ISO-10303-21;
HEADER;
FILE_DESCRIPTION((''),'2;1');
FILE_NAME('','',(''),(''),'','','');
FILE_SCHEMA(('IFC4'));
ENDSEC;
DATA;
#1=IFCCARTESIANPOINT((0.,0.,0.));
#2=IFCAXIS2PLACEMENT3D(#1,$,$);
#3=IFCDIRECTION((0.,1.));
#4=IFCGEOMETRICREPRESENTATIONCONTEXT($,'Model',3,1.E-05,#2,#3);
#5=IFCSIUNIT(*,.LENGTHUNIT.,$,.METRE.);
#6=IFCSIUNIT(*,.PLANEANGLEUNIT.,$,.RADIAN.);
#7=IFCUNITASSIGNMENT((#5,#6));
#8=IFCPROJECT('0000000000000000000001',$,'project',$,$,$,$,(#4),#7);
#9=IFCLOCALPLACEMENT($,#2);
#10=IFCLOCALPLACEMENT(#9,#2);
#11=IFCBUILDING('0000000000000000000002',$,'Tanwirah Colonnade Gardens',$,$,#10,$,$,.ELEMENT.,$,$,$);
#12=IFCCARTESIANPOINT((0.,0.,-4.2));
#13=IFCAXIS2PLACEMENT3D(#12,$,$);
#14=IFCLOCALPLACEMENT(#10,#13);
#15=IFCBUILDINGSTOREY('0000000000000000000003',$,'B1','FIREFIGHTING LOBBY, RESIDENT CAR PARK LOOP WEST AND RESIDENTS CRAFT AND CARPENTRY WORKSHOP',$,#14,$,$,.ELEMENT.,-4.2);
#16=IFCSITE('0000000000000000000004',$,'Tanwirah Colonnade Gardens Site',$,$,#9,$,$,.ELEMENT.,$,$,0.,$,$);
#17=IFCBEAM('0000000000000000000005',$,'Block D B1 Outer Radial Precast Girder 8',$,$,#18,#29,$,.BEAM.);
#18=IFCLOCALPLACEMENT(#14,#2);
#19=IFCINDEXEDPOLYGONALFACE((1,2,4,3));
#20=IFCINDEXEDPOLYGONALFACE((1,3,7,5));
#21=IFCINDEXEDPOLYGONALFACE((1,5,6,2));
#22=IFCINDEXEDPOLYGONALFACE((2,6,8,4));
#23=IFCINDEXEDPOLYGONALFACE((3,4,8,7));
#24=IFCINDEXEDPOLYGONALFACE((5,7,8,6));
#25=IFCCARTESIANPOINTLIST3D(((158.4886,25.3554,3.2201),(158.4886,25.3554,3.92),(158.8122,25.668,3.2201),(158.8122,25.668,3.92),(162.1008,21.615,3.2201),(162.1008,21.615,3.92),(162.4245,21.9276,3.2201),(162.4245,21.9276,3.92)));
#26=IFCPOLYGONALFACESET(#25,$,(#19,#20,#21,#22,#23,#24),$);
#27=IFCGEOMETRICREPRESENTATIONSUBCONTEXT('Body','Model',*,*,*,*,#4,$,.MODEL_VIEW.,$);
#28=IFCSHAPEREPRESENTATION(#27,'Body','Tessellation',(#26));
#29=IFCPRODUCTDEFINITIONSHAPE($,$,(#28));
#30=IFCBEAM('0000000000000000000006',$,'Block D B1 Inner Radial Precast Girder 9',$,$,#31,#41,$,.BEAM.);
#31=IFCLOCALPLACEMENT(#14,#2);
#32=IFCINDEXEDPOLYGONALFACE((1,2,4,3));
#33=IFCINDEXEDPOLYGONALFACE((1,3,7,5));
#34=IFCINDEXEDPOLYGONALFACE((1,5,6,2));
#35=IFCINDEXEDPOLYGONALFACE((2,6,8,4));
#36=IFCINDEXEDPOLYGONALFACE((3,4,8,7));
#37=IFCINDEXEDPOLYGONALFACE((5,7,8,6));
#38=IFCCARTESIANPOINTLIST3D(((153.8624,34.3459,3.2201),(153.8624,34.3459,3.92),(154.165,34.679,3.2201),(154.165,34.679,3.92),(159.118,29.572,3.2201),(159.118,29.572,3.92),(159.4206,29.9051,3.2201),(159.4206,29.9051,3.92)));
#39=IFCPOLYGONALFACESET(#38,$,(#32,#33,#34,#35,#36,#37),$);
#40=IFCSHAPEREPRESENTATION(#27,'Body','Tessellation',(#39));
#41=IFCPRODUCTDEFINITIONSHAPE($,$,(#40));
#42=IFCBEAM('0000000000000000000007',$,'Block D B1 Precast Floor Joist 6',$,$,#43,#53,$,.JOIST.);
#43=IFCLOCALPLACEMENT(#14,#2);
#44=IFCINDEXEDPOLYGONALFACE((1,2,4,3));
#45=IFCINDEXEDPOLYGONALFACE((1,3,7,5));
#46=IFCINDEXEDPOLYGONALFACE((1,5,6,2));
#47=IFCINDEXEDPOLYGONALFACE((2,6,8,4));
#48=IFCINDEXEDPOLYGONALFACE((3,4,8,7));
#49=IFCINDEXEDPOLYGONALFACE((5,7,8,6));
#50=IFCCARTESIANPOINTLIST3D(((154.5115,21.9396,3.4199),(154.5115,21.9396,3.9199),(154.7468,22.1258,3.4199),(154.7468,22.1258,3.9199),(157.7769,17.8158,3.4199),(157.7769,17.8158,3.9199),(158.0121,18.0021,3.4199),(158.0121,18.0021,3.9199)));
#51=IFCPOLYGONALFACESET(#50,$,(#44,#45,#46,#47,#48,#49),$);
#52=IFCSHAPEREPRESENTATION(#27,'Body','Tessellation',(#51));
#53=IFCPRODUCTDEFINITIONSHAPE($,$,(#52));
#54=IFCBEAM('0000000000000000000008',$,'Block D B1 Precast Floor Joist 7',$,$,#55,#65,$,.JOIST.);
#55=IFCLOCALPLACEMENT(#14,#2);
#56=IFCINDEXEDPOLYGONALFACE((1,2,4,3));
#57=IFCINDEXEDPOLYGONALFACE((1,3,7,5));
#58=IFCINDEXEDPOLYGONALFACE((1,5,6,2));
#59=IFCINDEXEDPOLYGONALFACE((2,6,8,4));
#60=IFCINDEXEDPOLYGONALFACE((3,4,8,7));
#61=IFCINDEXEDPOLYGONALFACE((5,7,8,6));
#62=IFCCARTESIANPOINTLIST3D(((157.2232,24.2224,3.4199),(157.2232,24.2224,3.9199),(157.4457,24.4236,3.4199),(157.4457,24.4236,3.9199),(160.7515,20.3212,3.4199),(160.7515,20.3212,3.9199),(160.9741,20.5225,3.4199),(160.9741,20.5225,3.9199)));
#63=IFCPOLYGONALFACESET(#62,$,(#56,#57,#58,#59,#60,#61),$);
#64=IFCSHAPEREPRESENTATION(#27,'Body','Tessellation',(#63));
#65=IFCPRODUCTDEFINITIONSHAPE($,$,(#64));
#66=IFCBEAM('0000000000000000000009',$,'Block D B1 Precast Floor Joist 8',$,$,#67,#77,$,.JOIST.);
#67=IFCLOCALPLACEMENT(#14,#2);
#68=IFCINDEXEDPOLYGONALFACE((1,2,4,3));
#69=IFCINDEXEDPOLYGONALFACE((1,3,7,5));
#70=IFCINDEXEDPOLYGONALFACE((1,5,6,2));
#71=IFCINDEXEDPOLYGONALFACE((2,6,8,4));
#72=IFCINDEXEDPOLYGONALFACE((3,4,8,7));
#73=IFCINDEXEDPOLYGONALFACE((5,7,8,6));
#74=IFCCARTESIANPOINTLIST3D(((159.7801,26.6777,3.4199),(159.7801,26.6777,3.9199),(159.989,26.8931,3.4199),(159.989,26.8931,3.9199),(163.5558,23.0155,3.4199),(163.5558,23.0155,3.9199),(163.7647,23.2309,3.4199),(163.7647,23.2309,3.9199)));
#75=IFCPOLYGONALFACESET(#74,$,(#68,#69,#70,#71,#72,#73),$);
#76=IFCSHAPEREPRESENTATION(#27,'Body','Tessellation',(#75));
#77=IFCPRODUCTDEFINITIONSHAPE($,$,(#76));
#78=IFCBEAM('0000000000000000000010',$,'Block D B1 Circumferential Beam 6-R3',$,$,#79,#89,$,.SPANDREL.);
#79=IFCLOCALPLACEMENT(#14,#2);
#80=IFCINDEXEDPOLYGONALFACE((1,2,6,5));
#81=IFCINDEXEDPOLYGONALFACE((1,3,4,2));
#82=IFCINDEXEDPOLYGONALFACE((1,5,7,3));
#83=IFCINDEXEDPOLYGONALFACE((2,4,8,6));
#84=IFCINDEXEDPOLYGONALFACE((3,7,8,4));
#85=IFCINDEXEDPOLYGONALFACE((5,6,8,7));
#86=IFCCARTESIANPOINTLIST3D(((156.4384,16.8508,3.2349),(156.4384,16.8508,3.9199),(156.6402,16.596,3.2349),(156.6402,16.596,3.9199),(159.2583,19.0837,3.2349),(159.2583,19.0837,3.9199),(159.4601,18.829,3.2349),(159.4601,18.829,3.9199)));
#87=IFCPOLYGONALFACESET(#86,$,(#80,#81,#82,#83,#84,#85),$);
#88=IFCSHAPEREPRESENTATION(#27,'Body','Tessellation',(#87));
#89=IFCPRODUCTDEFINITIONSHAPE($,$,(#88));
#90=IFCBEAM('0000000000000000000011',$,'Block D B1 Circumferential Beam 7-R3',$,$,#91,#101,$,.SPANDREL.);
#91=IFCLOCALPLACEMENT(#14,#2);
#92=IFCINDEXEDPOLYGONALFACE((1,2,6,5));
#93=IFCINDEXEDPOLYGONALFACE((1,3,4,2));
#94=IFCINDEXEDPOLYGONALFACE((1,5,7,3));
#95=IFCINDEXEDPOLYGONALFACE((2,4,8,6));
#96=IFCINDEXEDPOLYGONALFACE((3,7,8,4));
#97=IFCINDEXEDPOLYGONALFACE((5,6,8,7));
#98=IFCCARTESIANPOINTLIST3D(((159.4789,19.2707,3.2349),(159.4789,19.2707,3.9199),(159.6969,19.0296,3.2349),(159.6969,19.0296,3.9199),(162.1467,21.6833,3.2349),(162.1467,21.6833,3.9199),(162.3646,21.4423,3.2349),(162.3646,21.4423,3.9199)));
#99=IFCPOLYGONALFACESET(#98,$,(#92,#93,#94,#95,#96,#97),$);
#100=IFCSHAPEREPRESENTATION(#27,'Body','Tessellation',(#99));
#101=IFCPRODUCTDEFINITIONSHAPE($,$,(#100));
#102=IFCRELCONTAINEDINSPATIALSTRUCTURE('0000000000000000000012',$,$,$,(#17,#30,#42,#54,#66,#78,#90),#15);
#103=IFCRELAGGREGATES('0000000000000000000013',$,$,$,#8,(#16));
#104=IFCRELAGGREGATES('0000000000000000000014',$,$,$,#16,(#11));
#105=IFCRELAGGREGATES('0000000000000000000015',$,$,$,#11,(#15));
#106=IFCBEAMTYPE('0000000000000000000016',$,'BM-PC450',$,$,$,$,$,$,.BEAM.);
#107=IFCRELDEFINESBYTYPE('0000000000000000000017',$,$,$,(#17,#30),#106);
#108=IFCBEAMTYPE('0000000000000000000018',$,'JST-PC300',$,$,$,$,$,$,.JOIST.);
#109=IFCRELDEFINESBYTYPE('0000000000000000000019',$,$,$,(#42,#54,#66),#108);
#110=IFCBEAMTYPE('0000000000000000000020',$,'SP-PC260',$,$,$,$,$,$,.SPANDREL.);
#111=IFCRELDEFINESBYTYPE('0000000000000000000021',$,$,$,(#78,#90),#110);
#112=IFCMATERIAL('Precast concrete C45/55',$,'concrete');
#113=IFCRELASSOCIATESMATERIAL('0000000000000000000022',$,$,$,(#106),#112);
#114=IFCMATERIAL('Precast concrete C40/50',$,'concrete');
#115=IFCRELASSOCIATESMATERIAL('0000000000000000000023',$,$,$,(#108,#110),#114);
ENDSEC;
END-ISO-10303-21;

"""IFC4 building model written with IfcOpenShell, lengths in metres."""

from ifc_helpers import new_model, si_unit, direction, frame, origin, origin_2d, place, context, subcontext, project, spatial, rectangle, extrude, material, material_profile, profile_set, type_object, element, save


model = new_model("IFC4")

# Units and contexts
model_context = context("Model", 3, precision=1e-05, world=origin(), true_north=direction((0.0, 1.0)))
body_context = subcontext(model_context, "Body", "Model", "MODEL_VIEW")
ifc_project = project(units=[si_unit("LENGTHUNIT", "METRE"), si_unit("PLANEANGLEUNIT", "RADIAN")], contexts=[model_context])

# Site, building, storey
site_placement = place(None, origin())
site = spatial("IfcSite", under=ifc_project, at=site_placement, Name="Tanwirah Colonnade Gardens Site", CompositionType="ELEMENT", RefElevation=0.0)
building_placement = place(site_placement, origin())
building = spatial("IfcBuilding", under=site, at=building_placement, Name="Tanwirah Colonnade Gardens", CompositionType="ELEMENT")
storey_placement = place(building_placement, frame((0.0, 0.0, -4.2)))
storey = spatial("IfcBuildingStorey", under=building, at=storey_placement, Name="B1", Description="FIREFIGHTING LOBBY, RESIDENT CAR PARK LOOP WEST AND RESIDENTS CRAFT AND CARPENTRY WORKSHOP", CompositionType="ELEMENT", Elevation=-4.2)

# Beams
ifc_material_1 = material(Name="Precast concrete C40/50", Category="concrete")
ifc_material_2 = material(Name="Precast concrete C45/55", Category="concrete")
ifc_material_profile_1 = material_profile(ifc_material_2, rectangle(XDim=0.45, YDim=0.7, at=origin_2d()), Name="PC-BM 450x700")
ifc_profile_set_1 = profile_set([ifc_material_profile_1], Name="Precast concrete C45/55")
beam_type_1 = type_object("IfcBeamType", Name="BM-PC450", PredefinedType="BEAM", material=ifc_profile_set_1)
beam_1_placement = place(storey_placement, frame((158.6504, 25.5117, 3.5701), z_axis=(0.694675, -0.719324, 0.0), x_axis=(0.719324, 0.694675, 0.0)))
element("IfcBeam", 1, at=beam_1_placement, inside=storey, type_object=beam_type_1, Name="Block D B1 Outer Radial Precast Girder 8", PredefinedType="BEAM", context=body_context, shape_type="SweptSolid", body=[
    extrude(rectangle(XDim=0.45, YDim=0.7, at=origin_2d()), origin(), (0.0, 0.0, 1.0), 5.2),
])
beam_2_placement = place(storey_placement, frame((159.2693, 29.7385, 3.5701), z_axis=(-0.740214, 0.672372, 0.0), x_axis=(-0.672372, -0.740214, 0.0)))
element("IfcBeam", 2, at=beam_2_placement, inside=storey, type_object=beam_type_1, Name="Block D B1 Inner Radial Precast Girder 9", PredefinedType="BEAM", context=body_context, shape_type="SweptSolid", body=[
    extrude(rectangle(XDim=0.45, YDim=0.7, at=origin_2d()), origin(), (0.0, 0.0, 1.0), 7.1001),
])
ifc_material_profile_2 = material_profile(ifc_material_1, rectangle(XDim=0.3, YDim=0.5, at=origin_2d()), Name="PC-JST 300x500")
ifc_profile_set_2 = profile_set([ifc_material_profile_2], Name="Precast concrete C40/50")
beam_type_2 = type_object("IfcBeamType", Name="JST-PC300", PredefinedType="JOIST", material=ifc_profile_set_2)
for number, where, z_axis, x_axis, name in (
    (3, (154.6292, 22.0327, 3.6699), (0.620787, -0.783979, 0.0), (0.783979, 0.620787, 0.0), "Block D B1 Precast Floor Joist 6"),
    (4, (157.3345, 24.323, 3.6699), (0.670781, -0.741656, 0.0), (0.741656, 0.670781, 0.0), "Block D B1 Precast Floor Joist 7"),
    (5, (159.8845, 26.7854, 3.6699), (0.717816, -0.696233, 0.0), (0.696233, 0.717816, 0.0), "Block D B1 Precast Floor Joist 8"),
):
    element("IfcBeam", number, at=place(storey_placement, frame(where, z_axis=z_axis, x_axis=x_axis)), inside=storey, type_object=beam_type_2, Name=name, PredefinedType="JOIST", context=body_context, shape_type="SweptSolid", body=[
        extrude(rectangle(XDim=0.3, YDim=0.5, at=origin_2d()), origin(), (0.0, 0.0, 1.0), 5.26),
    ])
ifc_material_profile_3 = material_profile(ifc_material_1, rectangle(XDim=0.325, YDim=0.6851, at=origin_2d()), Name="PC-SP 325x685")
ifc_profile_set_3 = profile_set([ifc_material_profile_3], Name="Precast concrete C40/50")
beam_type_3 = type_object("IfcBeamType", Name="SP-PC260", PredefinedType="SPANDREL", material=ifc_profile_set_3)
for number, where, z_axis, x_axis, name in (
    (6, (156.5393, 16.7234, 3.5774), (0.783971, 0.620797, 0.0), (-0.620797, 0.783971, 0.0), "Block D B1 Circumferential Beam 6-R3"),
    (7, (159.5879, 19.1501, 3.5774), (0.741682, 0.670752, 0.0), (-0.670752, 0.741682, 0.0), "Block D B1 Circumferential Beam 7-R3"),
):
    element("IfcBeam", number, at=place(storey_placement, frame(where, z_axis=z_axis, x_axis=x_axis)), inside=storey, type_object=beam_type_3, Name=name, PredefinedType="SPANDREL", context=body_context, shape_type="SweptSolid", body=[
        extrude(rectangle(XDim=0.325, YDim=0.6851, at=origin_2d()), origin(), (0.0, 0.0, 1.0), 3.5969),
    ])

save(model, "model.ifc")
